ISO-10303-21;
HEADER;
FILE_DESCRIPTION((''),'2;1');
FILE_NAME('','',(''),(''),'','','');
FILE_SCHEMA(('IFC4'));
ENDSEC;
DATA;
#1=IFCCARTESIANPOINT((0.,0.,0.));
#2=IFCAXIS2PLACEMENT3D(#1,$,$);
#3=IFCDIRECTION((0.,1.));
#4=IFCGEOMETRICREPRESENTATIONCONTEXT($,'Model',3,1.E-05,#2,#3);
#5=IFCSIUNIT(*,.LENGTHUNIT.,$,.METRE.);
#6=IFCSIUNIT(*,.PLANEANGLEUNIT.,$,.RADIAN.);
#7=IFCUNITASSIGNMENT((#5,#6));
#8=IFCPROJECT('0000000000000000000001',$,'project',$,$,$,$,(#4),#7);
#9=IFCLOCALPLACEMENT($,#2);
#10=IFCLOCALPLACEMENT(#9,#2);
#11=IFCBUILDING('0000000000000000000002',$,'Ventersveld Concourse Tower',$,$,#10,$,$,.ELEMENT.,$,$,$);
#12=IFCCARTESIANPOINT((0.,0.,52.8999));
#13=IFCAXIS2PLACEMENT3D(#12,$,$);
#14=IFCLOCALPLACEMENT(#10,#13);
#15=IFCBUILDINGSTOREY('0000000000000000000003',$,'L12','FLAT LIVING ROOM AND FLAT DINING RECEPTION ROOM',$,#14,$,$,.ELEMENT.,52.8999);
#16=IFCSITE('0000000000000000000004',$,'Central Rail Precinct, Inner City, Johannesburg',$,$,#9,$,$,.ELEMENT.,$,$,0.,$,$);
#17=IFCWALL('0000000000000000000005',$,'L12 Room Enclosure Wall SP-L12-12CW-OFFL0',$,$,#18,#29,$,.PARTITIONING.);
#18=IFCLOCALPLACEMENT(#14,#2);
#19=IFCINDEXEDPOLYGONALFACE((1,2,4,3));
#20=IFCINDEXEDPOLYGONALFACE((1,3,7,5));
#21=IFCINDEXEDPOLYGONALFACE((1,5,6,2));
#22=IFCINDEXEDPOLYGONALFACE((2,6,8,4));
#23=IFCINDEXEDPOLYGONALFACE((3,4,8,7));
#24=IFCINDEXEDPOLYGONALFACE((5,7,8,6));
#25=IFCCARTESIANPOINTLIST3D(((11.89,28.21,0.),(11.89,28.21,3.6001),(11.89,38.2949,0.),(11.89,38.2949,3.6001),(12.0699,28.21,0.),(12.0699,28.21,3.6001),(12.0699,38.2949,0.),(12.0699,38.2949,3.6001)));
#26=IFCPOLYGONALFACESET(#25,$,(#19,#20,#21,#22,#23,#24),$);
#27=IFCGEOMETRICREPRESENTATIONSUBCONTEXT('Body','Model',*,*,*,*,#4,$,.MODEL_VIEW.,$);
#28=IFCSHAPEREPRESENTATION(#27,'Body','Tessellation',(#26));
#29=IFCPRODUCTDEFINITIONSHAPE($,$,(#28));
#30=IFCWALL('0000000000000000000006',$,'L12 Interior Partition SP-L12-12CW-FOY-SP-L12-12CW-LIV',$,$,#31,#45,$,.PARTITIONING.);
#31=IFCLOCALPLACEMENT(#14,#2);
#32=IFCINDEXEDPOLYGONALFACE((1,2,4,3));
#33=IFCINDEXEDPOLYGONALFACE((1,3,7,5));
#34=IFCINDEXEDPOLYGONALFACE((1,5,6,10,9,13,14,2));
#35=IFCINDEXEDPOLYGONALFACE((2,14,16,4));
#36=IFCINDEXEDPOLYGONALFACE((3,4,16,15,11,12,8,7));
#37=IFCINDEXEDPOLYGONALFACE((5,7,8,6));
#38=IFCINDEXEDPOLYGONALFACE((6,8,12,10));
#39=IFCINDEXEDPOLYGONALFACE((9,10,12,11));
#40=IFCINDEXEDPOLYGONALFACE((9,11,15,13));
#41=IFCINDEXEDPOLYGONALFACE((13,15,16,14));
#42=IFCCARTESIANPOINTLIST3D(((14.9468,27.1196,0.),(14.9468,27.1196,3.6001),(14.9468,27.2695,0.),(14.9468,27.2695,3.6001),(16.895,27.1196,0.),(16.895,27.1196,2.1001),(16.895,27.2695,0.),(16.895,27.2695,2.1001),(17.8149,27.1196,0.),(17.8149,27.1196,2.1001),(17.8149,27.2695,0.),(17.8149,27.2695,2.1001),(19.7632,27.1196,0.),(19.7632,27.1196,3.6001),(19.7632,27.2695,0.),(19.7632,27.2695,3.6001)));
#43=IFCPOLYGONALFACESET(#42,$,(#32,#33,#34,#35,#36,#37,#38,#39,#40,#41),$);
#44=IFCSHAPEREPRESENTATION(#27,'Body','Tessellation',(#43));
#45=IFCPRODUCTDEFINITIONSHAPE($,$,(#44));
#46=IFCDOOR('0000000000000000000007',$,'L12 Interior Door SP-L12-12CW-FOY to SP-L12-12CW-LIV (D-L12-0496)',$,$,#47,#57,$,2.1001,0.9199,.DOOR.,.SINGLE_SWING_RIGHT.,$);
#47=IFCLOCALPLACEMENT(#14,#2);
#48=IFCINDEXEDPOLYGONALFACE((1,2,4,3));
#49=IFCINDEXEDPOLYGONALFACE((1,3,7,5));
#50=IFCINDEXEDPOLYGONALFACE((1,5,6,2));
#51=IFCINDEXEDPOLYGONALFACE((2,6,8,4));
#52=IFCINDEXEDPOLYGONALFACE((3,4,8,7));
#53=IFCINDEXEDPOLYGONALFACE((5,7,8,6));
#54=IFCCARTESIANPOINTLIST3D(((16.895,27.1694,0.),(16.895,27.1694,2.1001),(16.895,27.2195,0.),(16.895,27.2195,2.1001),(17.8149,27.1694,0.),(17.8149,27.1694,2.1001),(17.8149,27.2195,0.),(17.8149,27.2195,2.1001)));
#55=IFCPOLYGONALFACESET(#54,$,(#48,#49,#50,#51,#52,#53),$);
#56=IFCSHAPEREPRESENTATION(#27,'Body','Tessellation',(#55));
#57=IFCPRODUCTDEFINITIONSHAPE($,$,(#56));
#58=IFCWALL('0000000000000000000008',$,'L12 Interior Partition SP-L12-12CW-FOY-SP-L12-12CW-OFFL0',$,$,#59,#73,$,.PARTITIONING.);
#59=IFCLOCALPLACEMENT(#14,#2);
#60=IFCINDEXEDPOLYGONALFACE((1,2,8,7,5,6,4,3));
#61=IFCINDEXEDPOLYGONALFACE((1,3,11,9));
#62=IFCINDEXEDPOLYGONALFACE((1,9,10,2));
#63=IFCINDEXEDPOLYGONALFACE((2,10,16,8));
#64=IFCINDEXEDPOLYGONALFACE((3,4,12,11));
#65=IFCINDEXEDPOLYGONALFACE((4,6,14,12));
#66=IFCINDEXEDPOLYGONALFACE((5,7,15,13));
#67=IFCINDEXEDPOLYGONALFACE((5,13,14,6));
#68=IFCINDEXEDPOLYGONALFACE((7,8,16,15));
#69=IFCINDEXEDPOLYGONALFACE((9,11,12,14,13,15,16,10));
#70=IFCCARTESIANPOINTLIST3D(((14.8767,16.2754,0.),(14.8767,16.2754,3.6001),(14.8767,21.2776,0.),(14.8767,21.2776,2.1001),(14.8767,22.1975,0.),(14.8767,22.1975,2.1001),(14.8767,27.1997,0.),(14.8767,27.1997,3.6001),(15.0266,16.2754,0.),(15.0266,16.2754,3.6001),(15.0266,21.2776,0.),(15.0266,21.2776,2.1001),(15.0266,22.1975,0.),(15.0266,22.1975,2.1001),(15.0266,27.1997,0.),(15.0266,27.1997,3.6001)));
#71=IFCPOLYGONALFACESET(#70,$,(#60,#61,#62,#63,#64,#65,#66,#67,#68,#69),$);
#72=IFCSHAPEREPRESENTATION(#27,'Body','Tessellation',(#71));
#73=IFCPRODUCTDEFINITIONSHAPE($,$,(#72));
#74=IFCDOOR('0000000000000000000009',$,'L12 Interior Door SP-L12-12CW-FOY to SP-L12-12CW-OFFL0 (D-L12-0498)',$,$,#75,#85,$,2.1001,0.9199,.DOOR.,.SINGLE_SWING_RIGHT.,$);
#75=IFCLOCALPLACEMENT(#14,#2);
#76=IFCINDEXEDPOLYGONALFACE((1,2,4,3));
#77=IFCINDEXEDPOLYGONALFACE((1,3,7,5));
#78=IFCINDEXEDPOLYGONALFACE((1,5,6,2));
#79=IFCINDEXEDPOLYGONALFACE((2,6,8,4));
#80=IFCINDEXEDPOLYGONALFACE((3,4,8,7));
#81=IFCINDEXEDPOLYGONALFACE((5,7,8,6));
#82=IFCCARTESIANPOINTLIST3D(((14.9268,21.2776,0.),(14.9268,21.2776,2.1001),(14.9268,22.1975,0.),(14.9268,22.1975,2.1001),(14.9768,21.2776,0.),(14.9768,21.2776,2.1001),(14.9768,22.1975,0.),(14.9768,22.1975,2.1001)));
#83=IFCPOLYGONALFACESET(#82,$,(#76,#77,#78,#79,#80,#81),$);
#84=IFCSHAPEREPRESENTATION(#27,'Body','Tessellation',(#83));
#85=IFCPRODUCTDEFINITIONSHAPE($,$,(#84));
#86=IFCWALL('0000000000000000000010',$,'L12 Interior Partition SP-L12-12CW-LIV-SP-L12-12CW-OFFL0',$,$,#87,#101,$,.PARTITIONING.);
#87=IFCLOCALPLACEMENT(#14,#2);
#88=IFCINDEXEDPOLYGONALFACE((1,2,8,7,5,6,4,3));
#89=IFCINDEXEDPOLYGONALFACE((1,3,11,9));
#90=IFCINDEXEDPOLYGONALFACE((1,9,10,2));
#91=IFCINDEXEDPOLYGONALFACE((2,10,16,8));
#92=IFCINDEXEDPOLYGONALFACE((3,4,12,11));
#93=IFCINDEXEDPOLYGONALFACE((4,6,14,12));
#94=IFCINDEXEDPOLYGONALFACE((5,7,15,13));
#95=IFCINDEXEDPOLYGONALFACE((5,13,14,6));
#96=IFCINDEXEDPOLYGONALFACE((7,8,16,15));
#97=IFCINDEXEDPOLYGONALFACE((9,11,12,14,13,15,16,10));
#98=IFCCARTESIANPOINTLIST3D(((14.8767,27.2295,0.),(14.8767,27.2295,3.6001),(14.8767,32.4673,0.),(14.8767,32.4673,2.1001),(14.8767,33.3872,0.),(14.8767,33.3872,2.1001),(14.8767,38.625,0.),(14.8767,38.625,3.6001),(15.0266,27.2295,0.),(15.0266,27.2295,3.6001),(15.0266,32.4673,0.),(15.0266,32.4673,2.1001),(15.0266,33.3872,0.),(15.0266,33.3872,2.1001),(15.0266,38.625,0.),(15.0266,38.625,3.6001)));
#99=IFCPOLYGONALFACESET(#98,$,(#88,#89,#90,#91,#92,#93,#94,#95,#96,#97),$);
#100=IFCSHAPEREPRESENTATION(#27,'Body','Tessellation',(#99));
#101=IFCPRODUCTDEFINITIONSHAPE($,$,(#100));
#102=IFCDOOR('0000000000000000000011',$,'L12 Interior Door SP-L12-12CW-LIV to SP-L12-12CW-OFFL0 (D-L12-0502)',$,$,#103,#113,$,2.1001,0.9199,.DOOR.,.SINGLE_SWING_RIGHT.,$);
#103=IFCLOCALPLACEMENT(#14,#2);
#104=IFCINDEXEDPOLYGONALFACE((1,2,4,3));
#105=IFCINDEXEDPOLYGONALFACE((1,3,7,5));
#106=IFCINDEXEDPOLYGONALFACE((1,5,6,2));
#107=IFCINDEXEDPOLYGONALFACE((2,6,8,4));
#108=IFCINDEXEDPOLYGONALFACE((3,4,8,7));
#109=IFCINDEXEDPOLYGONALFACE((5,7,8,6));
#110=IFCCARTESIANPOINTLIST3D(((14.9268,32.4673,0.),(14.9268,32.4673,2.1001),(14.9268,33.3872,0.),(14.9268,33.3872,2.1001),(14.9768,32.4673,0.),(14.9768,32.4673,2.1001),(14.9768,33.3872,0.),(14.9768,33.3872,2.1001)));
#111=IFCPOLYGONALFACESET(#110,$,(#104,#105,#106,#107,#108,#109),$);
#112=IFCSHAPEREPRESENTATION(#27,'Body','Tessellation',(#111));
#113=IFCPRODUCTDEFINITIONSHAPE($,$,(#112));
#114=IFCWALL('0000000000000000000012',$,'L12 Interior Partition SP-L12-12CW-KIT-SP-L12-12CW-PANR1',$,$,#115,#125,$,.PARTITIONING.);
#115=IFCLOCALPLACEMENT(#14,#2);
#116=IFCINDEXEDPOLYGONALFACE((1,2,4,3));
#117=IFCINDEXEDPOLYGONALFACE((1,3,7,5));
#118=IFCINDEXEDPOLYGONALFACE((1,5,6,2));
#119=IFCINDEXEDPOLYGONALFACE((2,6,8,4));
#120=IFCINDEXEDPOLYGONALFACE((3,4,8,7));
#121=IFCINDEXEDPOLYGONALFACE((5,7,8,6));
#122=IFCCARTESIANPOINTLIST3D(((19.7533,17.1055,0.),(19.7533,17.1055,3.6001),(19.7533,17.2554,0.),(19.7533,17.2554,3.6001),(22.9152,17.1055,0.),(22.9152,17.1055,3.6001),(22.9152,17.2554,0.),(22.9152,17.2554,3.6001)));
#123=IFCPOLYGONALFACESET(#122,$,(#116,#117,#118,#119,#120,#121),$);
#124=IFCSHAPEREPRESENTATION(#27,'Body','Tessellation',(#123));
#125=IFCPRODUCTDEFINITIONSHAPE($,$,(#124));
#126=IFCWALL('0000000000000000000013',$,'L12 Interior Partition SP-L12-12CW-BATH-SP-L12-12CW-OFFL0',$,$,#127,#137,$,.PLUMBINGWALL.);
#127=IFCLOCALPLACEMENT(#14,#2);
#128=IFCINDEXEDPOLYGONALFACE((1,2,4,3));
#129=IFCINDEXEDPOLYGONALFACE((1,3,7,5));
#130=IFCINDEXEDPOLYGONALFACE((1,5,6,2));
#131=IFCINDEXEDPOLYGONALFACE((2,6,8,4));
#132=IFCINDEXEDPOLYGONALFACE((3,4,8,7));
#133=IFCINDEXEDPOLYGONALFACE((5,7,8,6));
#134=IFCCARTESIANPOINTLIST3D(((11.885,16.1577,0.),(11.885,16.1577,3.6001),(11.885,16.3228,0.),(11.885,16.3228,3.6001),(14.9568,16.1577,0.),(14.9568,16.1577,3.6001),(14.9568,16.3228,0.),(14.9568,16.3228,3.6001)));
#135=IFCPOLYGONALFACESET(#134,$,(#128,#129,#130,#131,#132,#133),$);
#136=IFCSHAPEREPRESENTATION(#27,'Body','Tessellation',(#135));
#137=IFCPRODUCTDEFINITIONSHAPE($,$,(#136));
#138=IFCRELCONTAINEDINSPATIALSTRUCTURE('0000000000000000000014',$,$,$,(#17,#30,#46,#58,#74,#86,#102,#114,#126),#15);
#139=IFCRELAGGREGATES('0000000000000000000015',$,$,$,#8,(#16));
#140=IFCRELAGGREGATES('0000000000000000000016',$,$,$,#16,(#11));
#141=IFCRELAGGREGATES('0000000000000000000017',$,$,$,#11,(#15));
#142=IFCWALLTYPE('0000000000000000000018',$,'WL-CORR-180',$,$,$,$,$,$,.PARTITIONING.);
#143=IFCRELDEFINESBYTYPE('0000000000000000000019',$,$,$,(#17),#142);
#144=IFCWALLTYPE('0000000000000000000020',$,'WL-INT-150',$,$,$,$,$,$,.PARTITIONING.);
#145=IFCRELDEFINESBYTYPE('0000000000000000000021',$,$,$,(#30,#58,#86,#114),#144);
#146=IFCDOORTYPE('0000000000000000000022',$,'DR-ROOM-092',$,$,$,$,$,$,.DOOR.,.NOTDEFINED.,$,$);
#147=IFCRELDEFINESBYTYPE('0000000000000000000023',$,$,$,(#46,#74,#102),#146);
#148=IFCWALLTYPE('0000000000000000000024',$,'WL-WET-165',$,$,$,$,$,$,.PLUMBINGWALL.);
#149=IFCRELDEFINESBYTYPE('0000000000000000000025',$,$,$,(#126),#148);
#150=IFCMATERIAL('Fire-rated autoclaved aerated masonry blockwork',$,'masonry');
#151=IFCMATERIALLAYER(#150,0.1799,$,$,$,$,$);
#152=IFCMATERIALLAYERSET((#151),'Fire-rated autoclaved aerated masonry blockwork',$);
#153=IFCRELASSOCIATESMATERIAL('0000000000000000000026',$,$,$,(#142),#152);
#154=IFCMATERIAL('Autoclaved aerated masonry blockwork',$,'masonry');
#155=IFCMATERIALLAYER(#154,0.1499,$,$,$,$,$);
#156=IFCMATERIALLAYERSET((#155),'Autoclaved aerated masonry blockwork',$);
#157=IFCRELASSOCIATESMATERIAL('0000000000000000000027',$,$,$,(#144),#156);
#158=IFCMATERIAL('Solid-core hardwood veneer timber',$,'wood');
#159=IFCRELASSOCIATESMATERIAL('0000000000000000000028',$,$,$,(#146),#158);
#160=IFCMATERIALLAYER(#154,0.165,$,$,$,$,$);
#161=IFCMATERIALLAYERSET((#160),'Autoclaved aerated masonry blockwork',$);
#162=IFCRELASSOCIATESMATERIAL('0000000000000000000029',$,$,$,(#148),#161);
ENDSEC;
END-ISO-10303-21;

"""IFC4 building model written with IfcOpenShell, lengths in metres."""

from ifc_helpers import new_model, si_unit, direction, frame, frame_2d, origin, place, context, subcontext, project, spatial, rectangle, extrude, material, layer, layer_set, type_object, element, fill, save


model = new_model("IFC4")

# Units and contexts
model_context = context("Model", 3, precision=1e-05, world=origin(), true_north=direction((0.0, 1.0)))
body_context = subcontext(model_context, "Body", "Model", "MODEL_VIEW")
ifc_project = project(units=[si_unit("LENGTHUNIT", "METRE"), si_unit("PLANEANGLEUNIT", "RADIAN")], contexts=[model_context])

# Site, building, storey
site_placement = place(None, origin())
site = spatial("IfcSite", under=ifc_project, at=site_placement, Name="Central Rail Precinct, Inner City, Johannesburg", CompositionType="ELEMENT", RefElevation=0.0)
building_placement = place(site_placement, origin())
building = spatial("IfcBuilding", under=site, at=building_placement, Name="Ventersveld Concourse Tower", CompositionType="ELEMENT")
storey_placement = place(building_placement, frame((0.0, 0.0, 52.8999)))
storey = spatial("IfcBuildingStorey", under=building, at=storey_placement, Name="L12", Description="FLAT LIVING ROOM AND FLAT DINING RECEPTION ROOM", CompositionType="ELEMENT", Elevation=52.8999)

# Shared definitions
ifc_material_1 = material(Name="Fire-rated autoclaved aerated masonry blockwork", Category="masonry")
ifc_layer_1 = layer(ifc_material_1, 0.1799)
ifc_layer_set_1 = layer_set([ifc_layer_1], Name="Fire-rated autoclaved aerated masonry blockwork")
wall_type_1 = type_object("IfcWallType", Name="WL-CORR-180", PredefinedType="PARTITIONING", material=ifc_layer_set_1)
ifc_material_2 = material(Name="Solid-core hardwood veneer timber", Category="wood")

# Wall
wall_1_placement = place(storey_placement, frame((11.98, 28.21, 0.0), z_axis=(0.0, 0.0, 1.0), x_axis=(0.0, 1.0, 0.0)))
element("IfcWall", 1, at=wall_1_placement, inside=storey, type_object=wall_type_1, Name="L12 Room Enclosure Wall SP-L12-12CW-OFFL0", PredefinedType="PARTITIONING", context=body_context, shape_type="SweptSolid", body=[
    extrude(rectangle(XDim=10.085, YDim=0.1799, at=frame_2d((5.0425, 0.0))), origin(), (0.0, 0.0, 1.0), 3.6001),
])

# Walls, openings, doors
ifc_material_3 = material(Name="Autoclaved aerated masonry blockwork", Category="masonry")
ifc_layer_2 = layer(ifc_material_3, 0.1499)
ifc_layer_set_2 = layer_set([ifc_layer_2], Name="Autoclaved aerated masonry blockwork")
wall_type_2 = type_object("IfcWallType", Name="WL-INT-150", PredefinedType="PARTITIONING", material=ifc_layer_set_2)
wall_2_placement = place(storey_placement, frame((14.9468, 27.1946, 0.0), z_axis=(0.0, 0.0, 1.0), x_axis=(1.0, 0.0, 0.0)))
wall_2 = element("IfcWall", 2, at=wall_2_placement, inside=storey, type_object=wall_type_2, Name="L12 Interior Partition SP-L12-12CW-FOY-SP-L12-12CW-LIV", PredefinedType="PARTITIONING", context=body_context, shape_type="SweptSolid", body=[
    extrude(rectangle(XDim=4.8164, YDim=0.1499, at=frame_2d((2.4082, 0.0))), origin(), (0.0, 0.0, 1.0), 3.6001),
])
opening_1_placement = place(wall_2_placement, frame((1.9482, 0.0, 0.0)))
opening_1 = element("IfcOpeningElement", 3, at=opening_1_placement, cuts=wall_2, PredefinedType="OPENING", context=body_context, shape_type="SweptSolid", body=[
    extrude(rectangle(XDim=0.9199, YDim=2.1001, at=frame_2d((0.46, 1.05))), frame((0.0, 0.085, 0.0), z_axis=(0.0, -1.0, 0.0), x_axis=(1.0, 0.0, 0.0)), (0.0, 0.0, 1.0), 0.1699),
])
door_type_1 = type_object("IfcDoorType", Name="DR-ROOM-092", OperationType="NOTDEFINED", PredefinedType="DOOR", material=ifc_material_2)
door_1_placement = place(opening_1_placement, origin())
door_1 = element("IfcDoor", 4, at=door_1_placement, inside=storey, type_object=door_type_1, Name="L12 Interior Door SP-L12-12CW-FOY to SP-L12-12CW-LIV (D-L12-0496)", OperationType="SINGLE_SWING_RIGHT", OverallHeight=2.1001, OverallWidth=0.9199, PredefinedType="DOOR", context=body_context, shape_type="SweptSolid", body=[
    extrude(rectangle(XDim=0.9199, YDim=2.1001, at=frame_2d((0.46, 1.05))), frame((0.0, 0.0249, 0.0), z_axis=(0.0, -1.0, 0.0), x_axis=(1.0, 0.0, 0.0)), (0.0, 0.0, 1.0), 0.05),
])
fill(opening_1, door_1)
wall_3_placement = place(storey_placement, frame((14.9517, 16.2754, 0.0), z_axis=(0.0, 0.0, 1.0), x_axis=(0.0, 1.0, 0.0)))
wall_3 = element("IfcWall", 5, at=wall_3_placement, inside=storey, type_object=wall_type_2, Name="L12 Interior Partition SP-L12-12CW-FOY-SP-L12-12CW-OFFL0", PredefinedType="PARTITIONING", context=body_context, shape_type="SweptSolid", body=[
    extrude(rectangle(XDim=10.9243, YDim=0.1499, at=frame_2d((5.4622, 0.0))), origin(), (0.0, 0.0, 1.0), 3.6001),
])
opening_2_placement = place(wall_3_placement, frame((5.0022, 0.0, 0.0)))
opening_2 = element("IfcOpeningElement", 6, at=opening_2_placement, cuts=wall_3, PredefinedType="OPENING", context=body_context, shape_type="SweptSolid", body=[
    extrude(rectangle(XDim=0.9199, YDim=2.1001, at=frame_2d((0.46, 1.05))), frame((0.0, 0.085, 0.0), z_axis=(0.0, -1.0, 0.0), x_axis=(1.0, 0.0, 0.0)), (0.0, 0.0, 1.0), 0.1699),
])
door_2_placement = place(opening_2_placement, origin())
door_2 = element("IfcDoor", 7, at=door_2_placement, inside=storey, type_object=door_type_1, Name="L12 Interior Door SP-L12-12CW-FOY to SP-L12-12CW-OFFL0 (D-L12-0498)", OperationType="SINGLE_SWING_RIGHT", OverallHeight=2.1001, OverallWidth=0.9199, PredefinedType="DOOR", context=body_context, shape_type="SweptSolid", body=[
    extrude(rectangle(XDim=0.9199, YDim=2.1001, at=frame_2d((0.46, 1.05))), frame((0.0, 0.0249, 0.0), z_axis=(0.0, -1.0, 0.0), x_axis=(1.0, 0.0, 0.0)), (0.0, 0.0, 1.0), 0.05),
])
fill(opening_2, door_2)
wall_4_placement = place(storey_placement, frame((14.9517, 27.2295, 0.0), z_axis=(0.0, 0.0, 1.0), x_axis=(0.0, 1.0, 0.0)))
wall_4 = element("IfcWall", 8, at=wall_4_placement, inside=storey, type_object=wall_type_2, Name="L12 Interior Partition SP-L12-12CW-LIV-SP-L12-12CW-OFFL0", PredefinedType="PARTITIONING", context=body_context, shape_type="SweptSolid", body=[
    extrude(rectangle(XDim=11.3955, YDim=0.1499, at=frame_2d((5.6978, 0.0))), origin(), (0.0, 0.0, 1.0), 3.6001),
])
opening_3_placement = place(wall_4_placement, frame((5.2378, 0.0, 0.0)))
opening_3 = element("IfcOpeningElement", 9, at=opening_3_placement, cuts=wall_4, PredefinedType="OPENING", context=body_context, shape_type="SweptSolid", body=[
    extrude(rectangle(XDim=0.9199, YDim=2.1001, at=frame_2d((0.46, 1.05))), frame((0.0, 0.085, 0.0), z_axis=(0.0, -1.0, 0.0), x_axis=(1.0, 0.0, 0.0)), (0.0, 0.0, 1.0), 0.1699),
])
door_3_placement = place(opening_3_placement, origin())
door_3 = element("IfcDoor", 10, at=door_3_placement, inside=storey, type_object=door_type_1, Name="L12 Interior Door SP-L12-12CW-LIV to SP-L12-12CW-OFFL0 (D-L12-0502)", OperationType="SINGLE_SWING_RIGHT", OverallHeight=2.1001, OverallWidth=0.9199, PredefinedType="DOOR", context=body_context, shape_type="SweptSolid", body=[
    extrude(rectangle(XDim=0.9199, YDim=2.1001, at=frame_2d((0.46, 1.05))), frame((0.0, 0.0249, 0.0), z_axis=(0.0, -1.0, 0.0), x_axis=(1.0, 0.0, 0.0)), (0.0, 0.0, 1.0), 0.05),
])
fill(opening_3, door_3)

# Walls
wall_5_placement = place(storey_placement, frame((19.7532, 17.1804, 0.0), z_axis=(0.0, 0.0, 1.0), x_axis=(1.0, 0.0, 0.0)))
element("IfcWall", 11, at=wall_5_placement, inside=storey, type_object=wall_type_2, Name="L12 Interior Partition SP-L12-12CW-KIT-SP-L12-12CW-PANR1", PredefinedType="PARTITIONING", context=body_context, shape_type="SweptSolid", body=[
    extrude(rectangle(XDim=3.1619, YDim=0.1499, at=frame_2d((1.5811, 0.0))), origin(), (0.0, 0.0, 1.0), 3.6001),
])
ifc_layer_3 = layer(ifc_material_3, 0.165)
ifc_layer_set_3 = layer_set([ifc_layer_3], Name="Autoclaved aerated masonry blockwork")
wall_type_3 = type_object("IfcWallType", Name="WL-WET-165", PredefinedType="PLUMBINGWALL", material=ifc_layer_set_3)
wall_6_placement = place(storey_placement, frame((11.885, 16.2402, 0.0), z_axis=(0.0, 0.0, 1.0), x_axis=(1.0, 0.0, 0.0)))
element("IfcWall", 12, at=wall_6_placement, inside=storey, type_object=wall_type_3, Name="L12 Interior Partition SP-L12-12CW-BATH-SP-L12-12CW-OFFL0", PredefinedType="PLUMBINGWALL", context=body_context, shape_type="SweptSolid", body=[
    extrude(rectangle(XDim=3.0718, YDim=0.165, at=frame_2d((1.5359, 0.0))), origin(), (0.0, 0.0, 1.0), 3.6001),
])

save(model, "model.ifc")
